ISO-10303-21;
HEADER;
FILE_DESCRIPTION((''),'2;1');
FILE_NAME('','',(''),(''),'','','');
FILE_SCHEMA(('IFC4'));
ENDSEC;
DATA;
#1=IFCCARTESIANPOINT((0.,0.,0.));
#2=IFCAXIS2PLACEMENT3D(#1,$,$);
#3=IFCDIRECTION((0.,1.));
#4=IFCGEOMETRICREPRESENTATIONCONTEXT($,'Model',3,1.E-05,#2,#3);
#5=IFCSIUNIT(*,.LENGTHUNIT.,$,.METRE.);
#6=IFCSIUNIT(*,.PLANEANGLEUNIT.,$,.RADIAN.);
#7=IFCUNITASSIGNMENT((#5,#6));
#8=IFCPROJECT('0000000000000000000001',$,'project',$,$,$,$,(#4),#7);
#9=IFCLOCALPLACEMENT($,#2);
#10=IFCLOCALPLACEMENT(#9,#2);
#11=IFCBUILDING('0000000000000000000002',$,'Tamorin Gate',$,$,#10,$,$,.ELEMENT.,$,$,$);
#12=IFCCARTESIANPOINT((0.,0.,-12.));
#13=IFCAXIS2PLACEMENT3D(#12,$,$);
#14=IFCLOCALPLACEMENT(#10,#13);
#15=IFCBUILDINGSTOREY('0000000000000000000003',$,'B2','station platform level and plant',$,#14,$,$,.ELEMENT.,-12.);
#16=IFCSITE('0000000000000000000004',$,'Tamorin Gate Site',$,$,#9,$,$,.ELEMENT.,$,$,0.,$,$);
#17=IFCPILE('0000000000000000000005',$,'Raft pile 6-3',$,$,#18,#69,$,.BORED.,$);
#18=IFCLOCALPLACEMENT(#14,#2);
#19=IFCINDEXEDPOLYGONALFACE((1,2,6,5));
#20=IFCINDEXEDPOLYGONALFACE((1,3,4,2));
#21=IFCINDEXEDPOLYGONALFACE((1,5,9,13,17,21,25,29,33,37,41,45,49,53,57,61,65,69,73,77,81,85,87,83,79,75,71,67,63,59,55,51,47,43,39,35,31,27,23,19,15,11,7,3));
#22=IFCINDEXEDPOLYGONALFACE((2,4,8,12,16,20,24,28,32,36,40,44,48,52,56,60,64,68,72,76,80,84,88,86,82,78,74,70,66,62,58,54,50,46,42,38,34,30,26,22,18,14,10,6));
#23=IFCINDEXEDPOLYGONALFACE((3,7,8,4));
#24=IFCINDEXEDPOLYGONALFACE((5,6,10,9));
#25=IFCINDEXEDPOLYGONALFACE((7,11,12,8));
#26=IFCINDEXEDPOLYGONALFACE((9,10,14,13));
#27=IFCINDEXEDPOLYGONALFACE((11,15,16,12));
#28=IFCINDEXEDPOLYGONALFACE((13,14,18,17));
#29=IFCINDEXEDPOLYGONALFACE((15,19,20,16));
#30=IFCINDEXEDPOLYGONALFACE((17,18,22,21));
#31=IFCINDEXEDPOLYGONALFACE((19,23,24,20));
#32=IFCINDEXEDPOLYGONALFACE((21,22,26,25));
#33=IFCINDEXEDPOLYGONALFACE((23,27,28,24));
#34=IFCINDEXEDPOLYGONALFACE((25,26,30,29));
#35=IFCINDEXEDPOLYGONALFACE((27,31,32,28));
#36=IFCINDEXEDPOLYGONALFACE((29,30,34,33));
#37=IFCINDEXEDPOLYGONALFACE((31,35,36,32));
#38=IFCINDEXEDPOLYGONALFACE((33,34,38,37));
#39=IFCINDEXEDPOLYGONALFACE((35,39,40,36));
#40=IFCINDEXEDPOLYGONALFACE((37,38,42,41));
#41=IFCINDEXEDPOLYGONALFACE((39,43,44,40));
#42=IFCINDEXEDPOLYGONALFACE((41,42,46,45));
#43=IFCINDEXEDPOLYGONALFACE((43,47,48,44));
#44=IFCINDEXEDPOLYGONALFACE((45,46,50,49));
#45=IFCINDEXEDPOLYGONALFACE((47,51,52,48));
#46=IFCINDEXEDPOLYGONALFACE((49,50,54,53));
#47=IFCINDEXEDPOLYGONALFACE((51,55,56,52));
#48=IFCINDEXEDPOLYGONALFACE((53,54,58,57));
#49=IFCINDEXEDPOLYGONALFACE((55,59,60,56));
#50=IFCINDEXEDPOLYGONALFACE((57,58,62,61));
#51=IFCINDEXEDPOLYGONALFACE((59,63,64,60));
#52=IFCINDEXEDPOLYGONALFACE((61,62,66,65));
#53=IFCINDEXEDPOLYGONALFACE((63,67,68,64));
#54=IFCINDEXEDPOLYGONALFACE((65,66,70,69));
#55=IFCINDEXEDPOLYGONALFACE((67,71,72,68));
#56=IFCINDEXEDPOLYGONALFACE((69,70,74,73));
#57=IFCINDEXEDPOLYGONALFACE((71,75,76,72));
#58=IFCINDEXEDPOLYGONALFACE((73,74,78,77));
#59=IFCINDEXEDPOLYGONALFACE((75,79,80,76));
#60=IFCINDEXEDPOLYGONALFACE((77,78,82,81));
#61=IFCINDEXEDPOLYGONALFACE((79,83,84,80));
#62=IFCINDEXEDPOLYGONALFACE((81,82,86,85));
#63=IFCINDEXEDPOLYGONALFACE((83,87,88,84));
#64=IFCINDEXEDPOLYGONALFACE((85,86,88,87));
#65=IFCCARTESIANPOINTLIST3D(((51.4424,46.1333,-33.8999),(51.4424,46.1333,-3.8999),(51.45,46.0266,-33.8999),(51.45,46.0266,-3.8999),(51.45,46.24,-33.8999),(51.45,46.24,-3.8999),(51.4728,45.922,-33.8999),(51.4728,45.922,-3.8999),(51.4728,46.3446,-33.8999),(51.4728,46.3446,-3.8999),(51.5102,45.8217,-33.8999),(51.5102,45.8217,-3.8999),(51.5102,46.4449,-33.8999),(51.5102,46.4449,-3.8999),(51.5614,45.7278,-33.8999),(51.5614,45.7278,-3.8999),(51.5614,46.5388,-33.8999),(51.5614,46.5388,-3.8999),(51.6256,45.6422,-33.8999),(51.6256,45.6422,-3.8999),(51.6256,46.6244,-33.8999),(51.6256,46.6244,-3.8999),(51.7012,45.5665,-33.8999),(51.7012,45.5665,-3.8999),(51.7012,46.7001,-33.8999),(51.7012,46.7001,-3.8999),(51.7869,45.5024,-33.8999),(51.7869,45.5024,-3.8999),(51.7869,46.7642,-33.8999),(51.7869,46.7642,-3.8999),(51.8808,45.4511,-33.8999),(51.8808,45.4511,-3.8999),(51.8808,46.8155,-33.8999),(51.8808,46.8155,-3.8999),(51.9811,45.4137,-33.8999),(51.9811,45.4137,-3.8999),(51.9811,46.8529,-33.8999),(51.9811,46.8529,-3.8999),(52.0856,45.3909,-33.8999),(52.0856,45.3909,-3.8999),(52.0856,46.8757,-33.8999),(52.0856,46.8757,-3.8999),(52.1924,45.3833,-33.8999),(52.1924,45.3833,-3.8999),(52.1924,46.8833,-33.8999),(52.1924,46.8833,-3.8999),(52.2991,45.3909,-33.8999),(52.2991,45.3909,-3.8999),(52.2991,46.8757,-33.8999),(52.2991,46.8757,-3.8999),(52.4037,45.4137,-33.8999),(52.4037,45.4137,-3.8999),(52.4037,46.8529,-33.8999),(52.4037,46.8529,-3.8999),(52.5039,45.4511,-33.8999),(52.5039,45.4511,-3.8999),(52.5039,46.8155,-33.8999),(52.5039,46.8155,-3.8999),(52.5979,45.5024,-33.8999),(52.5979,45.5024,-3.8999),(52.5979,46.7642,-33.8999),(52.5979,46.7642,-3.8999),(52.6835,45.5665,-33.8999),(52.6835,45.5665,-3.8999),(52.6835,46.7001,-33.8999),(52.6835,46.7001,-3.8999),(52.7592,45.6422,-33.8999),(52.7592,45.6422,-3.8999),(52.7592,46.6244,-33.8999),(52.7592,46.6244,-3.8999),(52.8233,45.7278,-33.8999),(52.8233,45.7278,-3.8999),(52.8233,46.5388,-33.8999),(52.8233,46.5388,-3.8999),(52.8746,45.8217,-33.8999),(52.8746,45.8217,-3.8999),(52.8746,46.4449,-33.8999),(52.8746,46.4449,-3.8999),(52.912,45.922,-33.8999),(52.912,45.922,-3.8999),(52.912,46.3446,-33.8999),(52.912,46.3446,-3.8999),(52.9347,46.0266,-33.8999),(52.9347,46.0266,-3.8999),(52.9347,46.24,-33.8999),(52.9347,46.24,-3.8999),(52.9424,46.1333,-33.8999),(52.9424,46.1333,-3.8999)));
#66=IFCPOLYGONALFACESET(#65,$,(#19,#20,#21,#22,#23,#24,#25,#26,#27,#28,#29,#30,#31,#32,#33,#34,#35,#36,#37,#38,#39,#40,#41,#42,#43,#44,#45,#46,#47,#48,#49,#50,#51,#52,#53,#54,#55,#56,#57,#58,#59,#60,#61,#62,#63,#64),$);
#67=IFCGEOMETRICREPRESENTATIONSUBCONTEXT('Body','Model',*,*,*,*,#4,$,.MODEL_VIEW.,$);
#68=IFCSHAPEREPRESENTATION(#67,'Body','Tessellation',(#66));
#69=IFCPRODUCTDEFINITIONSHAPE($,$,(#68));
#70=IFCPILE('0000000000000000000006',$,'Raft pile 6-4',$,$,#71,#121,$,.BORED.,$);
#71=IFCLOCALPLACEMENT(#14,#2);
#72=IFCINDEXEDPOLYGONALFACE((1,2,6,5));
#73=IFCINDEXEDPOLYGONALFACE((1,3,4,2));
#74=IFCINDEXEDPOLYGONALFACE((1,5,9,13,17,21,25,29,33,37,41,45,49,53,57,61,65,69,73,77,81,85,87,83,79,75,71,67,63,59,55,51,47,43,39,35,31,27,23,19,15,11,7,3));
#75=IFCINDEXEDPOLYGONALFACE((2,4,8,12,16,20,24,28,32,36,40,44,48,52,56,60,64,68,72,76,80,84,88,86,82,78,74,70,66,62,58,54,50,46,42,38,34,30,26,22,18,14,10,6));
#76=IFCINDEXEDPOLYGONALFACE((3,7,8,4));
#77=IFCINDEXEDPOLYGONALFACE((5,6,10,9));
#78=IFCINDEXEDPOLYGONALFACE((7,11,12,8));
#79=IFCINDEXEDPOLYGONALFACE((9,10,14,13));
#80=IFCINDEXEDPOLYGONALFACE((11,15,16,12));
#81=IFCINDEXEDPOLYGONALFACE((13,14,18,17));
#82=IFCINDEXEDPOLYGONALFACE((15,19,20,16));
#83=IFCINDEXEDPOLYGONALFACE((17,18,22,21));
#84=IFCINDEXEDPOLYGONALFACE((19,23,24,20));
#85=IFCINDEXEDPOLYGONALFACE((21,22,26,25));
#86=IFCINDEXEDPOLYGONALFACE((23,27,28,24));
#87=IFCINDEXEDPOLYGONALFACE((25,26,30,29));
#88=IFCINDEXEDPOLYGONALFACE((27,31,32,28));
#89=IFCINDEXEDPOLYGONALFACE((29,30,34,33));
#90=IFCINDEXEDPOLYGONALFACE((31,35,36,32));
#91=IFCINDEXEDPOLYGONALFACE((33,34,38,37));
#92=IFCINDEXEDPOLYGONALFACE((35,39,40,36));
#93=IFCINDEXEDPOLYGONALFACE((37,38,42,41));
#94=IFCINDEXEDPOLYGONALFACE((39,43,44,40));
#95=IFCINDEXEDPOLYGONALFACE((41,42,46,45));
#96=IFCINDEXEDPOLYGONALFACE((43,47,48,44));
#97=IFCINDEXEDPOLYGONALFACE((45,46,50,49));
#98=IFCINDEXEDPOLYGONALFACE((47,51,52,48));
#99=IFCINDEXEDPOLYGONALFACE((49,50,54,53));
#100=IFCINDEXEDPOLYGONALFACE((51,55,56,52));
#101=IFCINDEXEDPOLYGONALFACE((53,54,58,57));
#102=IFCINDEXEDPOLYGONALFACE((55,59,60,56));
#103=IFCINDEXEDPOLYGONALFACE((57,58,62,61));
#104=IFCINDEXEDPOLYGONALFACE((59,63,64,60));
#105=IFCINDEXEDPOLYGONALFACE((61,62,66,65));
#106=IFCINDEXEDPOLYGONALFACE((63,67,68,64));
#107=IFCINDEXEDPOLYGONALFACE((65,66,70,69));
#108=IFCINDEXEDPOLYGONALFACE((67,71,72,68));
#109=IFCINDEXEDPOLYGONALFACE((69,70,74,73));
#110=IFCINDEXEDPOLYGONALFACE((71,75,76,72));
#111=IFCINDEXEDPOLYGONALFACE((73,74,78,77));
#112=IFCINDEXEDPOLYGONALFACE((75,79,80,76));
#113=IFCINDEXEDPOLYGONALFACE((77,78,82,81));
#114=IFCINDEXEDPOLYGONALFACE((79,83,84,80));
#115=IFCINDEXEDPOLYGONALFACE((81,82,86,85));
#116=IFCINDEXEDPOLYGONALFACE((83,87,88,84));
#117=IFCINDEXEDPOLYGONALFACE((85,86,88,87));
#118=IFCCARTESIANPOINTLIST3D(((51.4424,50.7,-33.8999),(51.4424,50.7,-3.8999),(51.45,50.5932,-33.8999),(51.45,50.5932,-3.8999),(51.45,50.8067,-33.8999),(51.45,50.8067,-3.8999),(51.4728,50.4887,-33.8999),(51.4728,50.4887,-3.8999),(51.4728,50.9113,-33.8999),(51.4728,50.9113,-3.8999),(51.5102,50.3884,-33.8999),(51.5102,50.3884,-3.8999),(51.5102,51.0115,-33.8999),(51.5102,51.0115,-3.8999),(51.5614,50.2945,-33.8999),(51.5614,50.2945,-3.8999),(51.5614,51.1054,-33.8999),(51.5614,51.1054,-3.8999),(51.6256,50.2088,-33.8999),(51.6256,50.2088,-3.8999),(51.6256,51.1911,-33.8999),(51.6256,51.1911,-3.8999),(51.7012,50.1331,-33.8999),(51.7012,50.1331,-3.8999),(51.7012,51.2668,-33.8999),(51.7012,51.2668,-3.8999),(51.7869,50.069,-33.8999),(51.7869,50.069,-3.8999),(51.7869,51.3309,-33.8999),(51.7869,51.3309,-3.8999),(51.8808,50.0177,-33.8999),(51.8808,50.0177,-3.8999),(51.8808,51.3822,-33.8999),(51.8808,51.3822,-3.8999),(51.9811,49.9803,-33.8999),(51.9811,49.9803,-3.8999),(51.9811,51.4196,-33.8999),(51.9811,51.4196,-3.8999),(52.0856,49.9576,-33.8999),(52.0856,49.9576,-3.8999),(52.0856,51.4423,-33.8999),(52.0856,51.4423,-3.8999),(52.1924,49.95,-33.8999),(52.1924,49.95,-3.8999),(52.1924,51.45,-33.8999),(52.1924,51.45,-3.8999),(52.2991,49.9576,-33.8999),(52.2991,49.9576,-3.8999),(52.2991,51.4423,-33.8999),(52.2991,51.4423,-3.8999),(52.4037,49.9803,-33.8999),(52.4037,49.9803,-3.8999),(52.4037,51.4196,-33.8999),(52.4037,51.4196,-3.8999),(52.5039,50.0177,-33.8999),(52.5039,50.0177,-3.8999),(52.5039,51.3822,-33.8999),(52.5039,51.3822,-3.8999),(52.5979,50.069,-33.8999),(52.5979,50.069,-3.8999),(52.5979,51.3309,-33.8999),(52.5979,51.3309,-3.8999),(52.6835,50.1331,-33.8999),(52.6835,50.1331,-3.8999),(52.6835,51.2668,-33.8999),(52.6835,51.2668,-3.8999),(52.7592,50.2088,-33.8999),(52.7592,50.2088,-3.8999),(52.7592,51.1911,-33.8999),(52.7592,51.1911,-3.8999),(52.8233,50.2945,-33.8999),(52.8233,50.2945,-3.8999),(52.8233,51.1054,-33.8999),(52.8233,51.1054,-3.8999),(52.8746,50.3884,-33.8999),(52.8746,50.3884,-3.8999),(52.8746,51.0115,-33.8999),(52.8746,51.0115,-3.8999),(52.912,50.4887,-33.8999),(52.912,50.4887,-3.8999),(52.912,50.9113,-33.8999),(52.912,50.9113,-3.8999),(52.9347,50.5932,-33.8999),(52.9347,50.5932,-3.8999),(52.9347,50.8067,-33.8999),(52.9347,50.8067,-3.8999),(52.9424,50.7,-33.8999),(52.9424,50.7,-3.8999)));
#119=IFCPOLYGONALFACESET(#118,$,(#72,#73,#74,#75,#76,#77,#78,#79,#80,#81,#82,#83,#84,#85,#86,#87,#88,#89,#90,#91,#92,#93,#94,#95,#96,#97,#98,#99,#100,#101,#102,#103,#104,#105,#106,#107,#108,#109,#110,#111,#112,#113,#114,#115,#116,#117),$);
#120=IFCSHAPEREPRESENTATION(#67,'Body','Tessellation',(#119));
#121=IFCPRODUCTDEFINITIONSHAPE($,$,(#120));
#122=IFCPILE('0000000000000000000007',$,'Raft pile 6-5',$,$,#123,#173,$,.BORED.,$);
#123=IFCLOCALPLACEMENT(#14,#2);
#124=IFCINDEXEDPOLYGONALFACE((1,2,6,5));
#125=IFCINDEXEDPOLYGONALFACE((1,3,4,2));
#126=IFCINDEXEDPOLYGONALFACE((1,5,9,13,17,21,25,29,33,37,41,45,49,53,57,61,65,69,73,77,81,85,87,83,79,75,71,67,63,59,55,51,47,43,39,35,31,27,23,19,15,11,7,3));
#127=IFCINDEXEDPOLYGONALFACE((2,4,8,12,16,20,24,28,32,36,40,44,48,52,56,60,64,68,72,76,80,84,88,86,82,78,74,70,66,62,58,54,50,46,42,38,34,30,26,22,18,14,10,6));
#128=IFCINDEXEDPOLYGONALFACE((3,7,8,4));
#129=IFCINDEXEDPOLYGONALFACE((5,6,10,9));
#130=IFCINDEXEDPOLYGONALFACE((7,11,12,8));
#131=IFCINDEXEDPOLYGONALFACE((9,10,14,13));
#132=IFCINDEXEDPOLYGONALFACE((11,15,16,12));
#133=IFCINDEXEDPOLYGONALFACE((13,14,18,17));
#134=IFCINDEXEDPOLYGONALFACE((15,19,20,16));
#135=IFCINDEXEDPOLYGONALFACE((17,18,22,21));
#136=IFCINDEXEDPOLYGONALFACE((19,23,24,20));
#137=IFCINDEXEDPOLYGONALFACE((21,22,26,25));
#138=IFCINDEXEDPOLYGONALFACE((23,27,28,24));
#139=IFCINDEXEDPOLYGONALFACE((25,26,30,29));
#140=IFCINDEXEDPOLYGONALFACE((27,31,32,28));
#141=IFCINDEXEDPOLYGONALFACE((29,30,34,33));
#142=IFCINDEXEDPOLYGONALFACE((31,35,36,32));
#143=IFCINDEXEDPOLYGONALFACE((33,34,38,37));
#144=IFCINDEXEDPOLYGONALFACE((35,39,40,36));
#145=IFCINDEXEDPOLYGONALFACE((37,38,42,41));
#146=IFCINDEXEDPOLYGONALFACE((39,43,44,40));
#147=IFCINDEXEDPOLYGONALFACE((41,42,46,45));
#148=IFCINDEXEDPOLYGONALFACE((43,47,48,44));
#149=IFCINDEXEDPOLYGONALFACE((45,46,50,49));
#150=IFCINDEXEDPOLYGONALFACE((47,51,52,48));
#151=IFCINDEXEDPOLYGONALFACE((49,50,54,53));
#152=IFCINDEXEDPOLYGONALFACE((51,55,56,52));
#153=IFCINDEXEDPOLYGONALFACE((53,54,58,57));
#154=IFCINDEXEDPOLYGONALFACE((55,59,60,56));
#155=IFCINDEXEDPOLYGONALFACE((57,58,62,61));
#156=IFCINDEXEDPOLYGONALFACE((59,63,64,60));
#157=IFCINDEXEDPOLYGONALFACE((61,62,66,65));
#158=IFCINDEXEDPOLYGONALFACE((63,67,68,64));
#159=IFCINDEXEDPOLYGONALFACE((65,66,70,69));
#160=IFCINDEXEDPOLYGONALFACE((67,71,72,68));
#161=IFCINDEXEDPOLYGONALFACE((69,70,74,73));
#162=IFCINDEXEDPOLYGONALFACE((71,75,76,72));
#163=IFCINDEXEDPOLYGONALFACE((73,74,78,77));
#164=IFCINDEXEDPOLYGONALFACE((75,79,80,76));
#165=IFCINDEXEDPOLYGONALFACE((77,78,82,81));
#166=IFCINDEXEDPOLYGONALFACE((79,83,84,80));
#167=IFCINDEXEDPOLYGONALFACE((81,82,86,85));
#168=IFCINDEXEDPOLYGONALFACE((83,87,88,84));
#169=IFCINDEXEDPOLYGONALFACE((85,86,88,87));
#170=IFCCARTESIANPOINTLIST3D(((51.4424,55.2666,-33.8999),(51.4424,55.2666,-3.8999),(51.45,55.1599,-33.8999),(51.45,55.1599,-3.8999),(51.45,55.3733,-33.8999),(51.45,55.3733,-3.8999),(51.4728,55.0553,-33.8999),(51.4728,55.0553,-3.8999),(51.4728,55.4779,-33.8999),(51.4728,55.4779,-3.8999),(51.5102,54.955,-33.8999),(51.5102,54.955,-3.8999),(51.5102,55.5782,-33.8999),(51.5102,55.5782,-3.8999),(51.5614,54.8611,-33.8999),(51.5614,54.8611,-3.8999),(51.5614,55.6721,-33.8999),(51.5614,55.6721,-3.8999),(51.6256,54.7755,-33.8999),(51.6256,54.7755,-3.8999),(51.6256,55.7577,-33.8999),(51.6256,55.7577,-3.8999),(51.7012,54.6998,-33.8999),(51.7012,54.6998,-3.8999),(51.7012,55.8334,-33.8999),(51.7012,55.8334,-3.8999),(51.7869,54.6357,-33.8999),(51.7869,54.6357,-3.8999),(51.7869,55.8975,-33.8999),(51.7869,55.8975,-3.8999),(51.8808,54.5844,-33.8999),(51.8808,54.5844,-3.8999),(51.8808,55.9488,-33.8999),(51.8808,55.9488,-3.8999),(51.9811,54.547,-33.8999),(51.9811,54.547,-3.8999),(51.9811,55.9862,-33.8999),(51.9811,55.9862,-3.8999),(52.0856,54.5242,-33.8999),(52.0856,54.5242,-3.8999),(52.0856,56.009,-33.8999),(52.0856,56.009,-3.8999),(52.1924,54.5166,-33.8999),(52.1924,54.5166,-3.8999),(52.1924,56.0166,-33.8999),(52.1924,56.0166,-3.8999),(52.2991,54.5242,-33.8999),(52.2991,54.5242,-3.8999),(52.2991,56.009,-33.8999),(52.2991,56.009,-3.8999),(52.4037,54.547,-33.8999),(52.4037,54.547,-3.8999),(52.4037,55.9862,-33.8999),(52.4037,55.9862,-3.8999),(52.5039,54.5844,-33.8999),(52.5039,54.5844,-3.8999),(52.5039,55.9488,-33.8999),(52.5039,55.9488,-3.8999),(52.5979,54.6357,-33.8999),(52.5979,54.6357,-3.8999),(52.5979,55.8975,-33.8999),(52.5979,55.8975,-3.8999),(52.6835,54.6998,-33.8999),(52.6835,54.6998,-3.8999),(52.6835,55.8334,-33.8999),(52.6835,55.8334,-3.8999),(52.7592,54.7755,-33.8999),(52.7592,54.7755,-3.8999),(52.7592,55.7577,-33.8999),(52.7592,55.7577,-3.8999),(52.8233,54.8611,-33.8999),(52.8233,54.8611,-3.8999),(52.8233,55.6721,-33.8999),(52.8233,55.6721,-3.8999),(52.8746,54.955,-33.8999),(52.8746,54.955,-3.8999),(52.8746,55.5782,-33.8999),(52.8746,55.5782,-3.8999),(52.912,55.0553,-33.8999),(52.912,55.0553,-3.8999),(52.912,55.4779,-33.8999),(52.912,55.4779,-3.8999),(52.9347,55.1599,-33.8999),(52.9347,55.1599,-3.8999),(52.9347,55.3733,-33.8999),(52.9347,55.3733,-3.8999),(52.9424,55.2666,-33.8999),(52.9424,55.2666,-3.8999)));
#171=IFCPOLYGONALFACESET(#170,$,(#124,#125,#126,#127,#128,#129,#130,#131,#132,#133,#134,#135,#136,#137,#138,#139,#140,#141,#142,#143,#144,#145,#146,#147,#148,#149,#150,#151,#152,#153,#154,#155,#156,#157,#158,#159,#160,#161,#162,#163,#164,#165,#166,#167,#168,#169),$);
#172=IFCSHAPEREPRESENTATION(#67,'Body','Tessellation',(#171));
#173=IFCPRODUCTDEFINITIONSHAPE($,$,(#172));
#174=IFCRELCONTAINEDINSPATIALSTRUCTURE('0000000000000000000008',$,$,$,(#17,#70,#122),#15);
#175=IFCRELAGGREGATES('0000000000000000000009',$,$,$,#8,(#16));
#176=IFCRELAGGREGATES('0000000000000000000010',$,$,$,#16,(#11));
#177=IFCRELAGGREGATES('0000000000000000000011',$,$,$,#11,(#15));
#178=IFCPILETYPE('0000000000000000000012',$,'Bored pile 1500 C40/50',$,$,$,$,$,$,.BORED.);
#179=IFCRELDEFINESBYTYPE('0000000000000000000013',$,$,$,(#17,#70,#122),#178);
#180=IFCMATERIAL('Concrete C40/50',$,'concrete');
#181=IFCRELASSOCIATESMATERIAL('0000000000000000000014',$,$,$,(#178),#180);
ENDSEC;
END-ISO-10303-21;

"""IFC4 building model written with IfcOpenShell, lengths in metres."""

from ifc_helpers import new_model, si_unit, direction, frame, origin, origin_2d, place, context, subcontext, project, spatial, circle, extrude, material, material_profile, profile_set, type_object, element, save


model = new_model("IFC4")

# Units and contexts
model_context = context("Model", 3, precision=1e-05, world=origin(), true_north=direction((0.0, 1.0)))
body_context = subcontext(model_context, "Body", "Model", "MODEL_VIEW")
ifc_project = project(units=[si_unit("LENGTHUNIT", "METRE"), si_unit("PLANEANGLEUNIT", "RADIAN")], contexts=[model_context])

# Site, building, storey
site_placement = place(None, origin())
site = spatial("IfcSite", under=ifc_project, at=site_placement, Name="Tamorin Gate Site", CompositionType="ELEMENT", RefElevation=0.0)
building_placement = place(site_placement, origin())
building = spatial("IfcBuilding", under=site, at=building_placement, Name="Tamorin Gate", CompositionType="ELEMENT")
storey_placement = place(building_placement, frame((0.0, 0.0, -12.0)))
storey = spatial("IfcBuildingStorey", under=building, at=storey_placement, Name="B2", Description="station platform level and plant", CompositionType="ELEMENT", Elevation=-12.0)

# Piles
ifc_material_1 = material(Name="Concrete C40/50", Category="concrete")
ifc_material_profile_1 = material_profile(ifc_material_1, circle(Radius=0.75, at=origin_2d()))
ifc_profile_set_1 = profile_set([ifc_material_profile_1], Name="Concrete C40/50")
pile_type = type_object("IfcPileType", Name="Bored pile 1500 C40/50", PredefinedType="BORED", material=ifc_profile_set_1)
for number, where, z_axis, x_axis, name in (
    (1, (52.1924, 46.1333, -3.8999), (0.0, 0.0, -1.0), (1.0, 0.0, 0.0), "Raft pile 6-3"),
    (2, (52.1924, 50.7, -3.8999), (0.0, 0.0, -1.0), (1.0, 0.0, 0.0), "Raft pile 6-4"),
    (3, (52.1924, 55.2666, -3.8999), (0.0, 0.0, -1.0), (1.0, 0.0, 0.0), "Raft pile 6-5"),
):
    element("IfcPile", number, at=place(storey_placement, frame(where, z_axis=z_axis, x_axis=x_axis)), inside=storey, type_object=pile_type, Name=name, PredefinedType="BORED", context=body_context, shape_type="SweptSolid", body=[
        extrude(circle(Radius=0.75, at=origin_2d()), origin(), (0.0, 0.0, 1.0), 30.0),
    ])

save(model, "model.ifc")
